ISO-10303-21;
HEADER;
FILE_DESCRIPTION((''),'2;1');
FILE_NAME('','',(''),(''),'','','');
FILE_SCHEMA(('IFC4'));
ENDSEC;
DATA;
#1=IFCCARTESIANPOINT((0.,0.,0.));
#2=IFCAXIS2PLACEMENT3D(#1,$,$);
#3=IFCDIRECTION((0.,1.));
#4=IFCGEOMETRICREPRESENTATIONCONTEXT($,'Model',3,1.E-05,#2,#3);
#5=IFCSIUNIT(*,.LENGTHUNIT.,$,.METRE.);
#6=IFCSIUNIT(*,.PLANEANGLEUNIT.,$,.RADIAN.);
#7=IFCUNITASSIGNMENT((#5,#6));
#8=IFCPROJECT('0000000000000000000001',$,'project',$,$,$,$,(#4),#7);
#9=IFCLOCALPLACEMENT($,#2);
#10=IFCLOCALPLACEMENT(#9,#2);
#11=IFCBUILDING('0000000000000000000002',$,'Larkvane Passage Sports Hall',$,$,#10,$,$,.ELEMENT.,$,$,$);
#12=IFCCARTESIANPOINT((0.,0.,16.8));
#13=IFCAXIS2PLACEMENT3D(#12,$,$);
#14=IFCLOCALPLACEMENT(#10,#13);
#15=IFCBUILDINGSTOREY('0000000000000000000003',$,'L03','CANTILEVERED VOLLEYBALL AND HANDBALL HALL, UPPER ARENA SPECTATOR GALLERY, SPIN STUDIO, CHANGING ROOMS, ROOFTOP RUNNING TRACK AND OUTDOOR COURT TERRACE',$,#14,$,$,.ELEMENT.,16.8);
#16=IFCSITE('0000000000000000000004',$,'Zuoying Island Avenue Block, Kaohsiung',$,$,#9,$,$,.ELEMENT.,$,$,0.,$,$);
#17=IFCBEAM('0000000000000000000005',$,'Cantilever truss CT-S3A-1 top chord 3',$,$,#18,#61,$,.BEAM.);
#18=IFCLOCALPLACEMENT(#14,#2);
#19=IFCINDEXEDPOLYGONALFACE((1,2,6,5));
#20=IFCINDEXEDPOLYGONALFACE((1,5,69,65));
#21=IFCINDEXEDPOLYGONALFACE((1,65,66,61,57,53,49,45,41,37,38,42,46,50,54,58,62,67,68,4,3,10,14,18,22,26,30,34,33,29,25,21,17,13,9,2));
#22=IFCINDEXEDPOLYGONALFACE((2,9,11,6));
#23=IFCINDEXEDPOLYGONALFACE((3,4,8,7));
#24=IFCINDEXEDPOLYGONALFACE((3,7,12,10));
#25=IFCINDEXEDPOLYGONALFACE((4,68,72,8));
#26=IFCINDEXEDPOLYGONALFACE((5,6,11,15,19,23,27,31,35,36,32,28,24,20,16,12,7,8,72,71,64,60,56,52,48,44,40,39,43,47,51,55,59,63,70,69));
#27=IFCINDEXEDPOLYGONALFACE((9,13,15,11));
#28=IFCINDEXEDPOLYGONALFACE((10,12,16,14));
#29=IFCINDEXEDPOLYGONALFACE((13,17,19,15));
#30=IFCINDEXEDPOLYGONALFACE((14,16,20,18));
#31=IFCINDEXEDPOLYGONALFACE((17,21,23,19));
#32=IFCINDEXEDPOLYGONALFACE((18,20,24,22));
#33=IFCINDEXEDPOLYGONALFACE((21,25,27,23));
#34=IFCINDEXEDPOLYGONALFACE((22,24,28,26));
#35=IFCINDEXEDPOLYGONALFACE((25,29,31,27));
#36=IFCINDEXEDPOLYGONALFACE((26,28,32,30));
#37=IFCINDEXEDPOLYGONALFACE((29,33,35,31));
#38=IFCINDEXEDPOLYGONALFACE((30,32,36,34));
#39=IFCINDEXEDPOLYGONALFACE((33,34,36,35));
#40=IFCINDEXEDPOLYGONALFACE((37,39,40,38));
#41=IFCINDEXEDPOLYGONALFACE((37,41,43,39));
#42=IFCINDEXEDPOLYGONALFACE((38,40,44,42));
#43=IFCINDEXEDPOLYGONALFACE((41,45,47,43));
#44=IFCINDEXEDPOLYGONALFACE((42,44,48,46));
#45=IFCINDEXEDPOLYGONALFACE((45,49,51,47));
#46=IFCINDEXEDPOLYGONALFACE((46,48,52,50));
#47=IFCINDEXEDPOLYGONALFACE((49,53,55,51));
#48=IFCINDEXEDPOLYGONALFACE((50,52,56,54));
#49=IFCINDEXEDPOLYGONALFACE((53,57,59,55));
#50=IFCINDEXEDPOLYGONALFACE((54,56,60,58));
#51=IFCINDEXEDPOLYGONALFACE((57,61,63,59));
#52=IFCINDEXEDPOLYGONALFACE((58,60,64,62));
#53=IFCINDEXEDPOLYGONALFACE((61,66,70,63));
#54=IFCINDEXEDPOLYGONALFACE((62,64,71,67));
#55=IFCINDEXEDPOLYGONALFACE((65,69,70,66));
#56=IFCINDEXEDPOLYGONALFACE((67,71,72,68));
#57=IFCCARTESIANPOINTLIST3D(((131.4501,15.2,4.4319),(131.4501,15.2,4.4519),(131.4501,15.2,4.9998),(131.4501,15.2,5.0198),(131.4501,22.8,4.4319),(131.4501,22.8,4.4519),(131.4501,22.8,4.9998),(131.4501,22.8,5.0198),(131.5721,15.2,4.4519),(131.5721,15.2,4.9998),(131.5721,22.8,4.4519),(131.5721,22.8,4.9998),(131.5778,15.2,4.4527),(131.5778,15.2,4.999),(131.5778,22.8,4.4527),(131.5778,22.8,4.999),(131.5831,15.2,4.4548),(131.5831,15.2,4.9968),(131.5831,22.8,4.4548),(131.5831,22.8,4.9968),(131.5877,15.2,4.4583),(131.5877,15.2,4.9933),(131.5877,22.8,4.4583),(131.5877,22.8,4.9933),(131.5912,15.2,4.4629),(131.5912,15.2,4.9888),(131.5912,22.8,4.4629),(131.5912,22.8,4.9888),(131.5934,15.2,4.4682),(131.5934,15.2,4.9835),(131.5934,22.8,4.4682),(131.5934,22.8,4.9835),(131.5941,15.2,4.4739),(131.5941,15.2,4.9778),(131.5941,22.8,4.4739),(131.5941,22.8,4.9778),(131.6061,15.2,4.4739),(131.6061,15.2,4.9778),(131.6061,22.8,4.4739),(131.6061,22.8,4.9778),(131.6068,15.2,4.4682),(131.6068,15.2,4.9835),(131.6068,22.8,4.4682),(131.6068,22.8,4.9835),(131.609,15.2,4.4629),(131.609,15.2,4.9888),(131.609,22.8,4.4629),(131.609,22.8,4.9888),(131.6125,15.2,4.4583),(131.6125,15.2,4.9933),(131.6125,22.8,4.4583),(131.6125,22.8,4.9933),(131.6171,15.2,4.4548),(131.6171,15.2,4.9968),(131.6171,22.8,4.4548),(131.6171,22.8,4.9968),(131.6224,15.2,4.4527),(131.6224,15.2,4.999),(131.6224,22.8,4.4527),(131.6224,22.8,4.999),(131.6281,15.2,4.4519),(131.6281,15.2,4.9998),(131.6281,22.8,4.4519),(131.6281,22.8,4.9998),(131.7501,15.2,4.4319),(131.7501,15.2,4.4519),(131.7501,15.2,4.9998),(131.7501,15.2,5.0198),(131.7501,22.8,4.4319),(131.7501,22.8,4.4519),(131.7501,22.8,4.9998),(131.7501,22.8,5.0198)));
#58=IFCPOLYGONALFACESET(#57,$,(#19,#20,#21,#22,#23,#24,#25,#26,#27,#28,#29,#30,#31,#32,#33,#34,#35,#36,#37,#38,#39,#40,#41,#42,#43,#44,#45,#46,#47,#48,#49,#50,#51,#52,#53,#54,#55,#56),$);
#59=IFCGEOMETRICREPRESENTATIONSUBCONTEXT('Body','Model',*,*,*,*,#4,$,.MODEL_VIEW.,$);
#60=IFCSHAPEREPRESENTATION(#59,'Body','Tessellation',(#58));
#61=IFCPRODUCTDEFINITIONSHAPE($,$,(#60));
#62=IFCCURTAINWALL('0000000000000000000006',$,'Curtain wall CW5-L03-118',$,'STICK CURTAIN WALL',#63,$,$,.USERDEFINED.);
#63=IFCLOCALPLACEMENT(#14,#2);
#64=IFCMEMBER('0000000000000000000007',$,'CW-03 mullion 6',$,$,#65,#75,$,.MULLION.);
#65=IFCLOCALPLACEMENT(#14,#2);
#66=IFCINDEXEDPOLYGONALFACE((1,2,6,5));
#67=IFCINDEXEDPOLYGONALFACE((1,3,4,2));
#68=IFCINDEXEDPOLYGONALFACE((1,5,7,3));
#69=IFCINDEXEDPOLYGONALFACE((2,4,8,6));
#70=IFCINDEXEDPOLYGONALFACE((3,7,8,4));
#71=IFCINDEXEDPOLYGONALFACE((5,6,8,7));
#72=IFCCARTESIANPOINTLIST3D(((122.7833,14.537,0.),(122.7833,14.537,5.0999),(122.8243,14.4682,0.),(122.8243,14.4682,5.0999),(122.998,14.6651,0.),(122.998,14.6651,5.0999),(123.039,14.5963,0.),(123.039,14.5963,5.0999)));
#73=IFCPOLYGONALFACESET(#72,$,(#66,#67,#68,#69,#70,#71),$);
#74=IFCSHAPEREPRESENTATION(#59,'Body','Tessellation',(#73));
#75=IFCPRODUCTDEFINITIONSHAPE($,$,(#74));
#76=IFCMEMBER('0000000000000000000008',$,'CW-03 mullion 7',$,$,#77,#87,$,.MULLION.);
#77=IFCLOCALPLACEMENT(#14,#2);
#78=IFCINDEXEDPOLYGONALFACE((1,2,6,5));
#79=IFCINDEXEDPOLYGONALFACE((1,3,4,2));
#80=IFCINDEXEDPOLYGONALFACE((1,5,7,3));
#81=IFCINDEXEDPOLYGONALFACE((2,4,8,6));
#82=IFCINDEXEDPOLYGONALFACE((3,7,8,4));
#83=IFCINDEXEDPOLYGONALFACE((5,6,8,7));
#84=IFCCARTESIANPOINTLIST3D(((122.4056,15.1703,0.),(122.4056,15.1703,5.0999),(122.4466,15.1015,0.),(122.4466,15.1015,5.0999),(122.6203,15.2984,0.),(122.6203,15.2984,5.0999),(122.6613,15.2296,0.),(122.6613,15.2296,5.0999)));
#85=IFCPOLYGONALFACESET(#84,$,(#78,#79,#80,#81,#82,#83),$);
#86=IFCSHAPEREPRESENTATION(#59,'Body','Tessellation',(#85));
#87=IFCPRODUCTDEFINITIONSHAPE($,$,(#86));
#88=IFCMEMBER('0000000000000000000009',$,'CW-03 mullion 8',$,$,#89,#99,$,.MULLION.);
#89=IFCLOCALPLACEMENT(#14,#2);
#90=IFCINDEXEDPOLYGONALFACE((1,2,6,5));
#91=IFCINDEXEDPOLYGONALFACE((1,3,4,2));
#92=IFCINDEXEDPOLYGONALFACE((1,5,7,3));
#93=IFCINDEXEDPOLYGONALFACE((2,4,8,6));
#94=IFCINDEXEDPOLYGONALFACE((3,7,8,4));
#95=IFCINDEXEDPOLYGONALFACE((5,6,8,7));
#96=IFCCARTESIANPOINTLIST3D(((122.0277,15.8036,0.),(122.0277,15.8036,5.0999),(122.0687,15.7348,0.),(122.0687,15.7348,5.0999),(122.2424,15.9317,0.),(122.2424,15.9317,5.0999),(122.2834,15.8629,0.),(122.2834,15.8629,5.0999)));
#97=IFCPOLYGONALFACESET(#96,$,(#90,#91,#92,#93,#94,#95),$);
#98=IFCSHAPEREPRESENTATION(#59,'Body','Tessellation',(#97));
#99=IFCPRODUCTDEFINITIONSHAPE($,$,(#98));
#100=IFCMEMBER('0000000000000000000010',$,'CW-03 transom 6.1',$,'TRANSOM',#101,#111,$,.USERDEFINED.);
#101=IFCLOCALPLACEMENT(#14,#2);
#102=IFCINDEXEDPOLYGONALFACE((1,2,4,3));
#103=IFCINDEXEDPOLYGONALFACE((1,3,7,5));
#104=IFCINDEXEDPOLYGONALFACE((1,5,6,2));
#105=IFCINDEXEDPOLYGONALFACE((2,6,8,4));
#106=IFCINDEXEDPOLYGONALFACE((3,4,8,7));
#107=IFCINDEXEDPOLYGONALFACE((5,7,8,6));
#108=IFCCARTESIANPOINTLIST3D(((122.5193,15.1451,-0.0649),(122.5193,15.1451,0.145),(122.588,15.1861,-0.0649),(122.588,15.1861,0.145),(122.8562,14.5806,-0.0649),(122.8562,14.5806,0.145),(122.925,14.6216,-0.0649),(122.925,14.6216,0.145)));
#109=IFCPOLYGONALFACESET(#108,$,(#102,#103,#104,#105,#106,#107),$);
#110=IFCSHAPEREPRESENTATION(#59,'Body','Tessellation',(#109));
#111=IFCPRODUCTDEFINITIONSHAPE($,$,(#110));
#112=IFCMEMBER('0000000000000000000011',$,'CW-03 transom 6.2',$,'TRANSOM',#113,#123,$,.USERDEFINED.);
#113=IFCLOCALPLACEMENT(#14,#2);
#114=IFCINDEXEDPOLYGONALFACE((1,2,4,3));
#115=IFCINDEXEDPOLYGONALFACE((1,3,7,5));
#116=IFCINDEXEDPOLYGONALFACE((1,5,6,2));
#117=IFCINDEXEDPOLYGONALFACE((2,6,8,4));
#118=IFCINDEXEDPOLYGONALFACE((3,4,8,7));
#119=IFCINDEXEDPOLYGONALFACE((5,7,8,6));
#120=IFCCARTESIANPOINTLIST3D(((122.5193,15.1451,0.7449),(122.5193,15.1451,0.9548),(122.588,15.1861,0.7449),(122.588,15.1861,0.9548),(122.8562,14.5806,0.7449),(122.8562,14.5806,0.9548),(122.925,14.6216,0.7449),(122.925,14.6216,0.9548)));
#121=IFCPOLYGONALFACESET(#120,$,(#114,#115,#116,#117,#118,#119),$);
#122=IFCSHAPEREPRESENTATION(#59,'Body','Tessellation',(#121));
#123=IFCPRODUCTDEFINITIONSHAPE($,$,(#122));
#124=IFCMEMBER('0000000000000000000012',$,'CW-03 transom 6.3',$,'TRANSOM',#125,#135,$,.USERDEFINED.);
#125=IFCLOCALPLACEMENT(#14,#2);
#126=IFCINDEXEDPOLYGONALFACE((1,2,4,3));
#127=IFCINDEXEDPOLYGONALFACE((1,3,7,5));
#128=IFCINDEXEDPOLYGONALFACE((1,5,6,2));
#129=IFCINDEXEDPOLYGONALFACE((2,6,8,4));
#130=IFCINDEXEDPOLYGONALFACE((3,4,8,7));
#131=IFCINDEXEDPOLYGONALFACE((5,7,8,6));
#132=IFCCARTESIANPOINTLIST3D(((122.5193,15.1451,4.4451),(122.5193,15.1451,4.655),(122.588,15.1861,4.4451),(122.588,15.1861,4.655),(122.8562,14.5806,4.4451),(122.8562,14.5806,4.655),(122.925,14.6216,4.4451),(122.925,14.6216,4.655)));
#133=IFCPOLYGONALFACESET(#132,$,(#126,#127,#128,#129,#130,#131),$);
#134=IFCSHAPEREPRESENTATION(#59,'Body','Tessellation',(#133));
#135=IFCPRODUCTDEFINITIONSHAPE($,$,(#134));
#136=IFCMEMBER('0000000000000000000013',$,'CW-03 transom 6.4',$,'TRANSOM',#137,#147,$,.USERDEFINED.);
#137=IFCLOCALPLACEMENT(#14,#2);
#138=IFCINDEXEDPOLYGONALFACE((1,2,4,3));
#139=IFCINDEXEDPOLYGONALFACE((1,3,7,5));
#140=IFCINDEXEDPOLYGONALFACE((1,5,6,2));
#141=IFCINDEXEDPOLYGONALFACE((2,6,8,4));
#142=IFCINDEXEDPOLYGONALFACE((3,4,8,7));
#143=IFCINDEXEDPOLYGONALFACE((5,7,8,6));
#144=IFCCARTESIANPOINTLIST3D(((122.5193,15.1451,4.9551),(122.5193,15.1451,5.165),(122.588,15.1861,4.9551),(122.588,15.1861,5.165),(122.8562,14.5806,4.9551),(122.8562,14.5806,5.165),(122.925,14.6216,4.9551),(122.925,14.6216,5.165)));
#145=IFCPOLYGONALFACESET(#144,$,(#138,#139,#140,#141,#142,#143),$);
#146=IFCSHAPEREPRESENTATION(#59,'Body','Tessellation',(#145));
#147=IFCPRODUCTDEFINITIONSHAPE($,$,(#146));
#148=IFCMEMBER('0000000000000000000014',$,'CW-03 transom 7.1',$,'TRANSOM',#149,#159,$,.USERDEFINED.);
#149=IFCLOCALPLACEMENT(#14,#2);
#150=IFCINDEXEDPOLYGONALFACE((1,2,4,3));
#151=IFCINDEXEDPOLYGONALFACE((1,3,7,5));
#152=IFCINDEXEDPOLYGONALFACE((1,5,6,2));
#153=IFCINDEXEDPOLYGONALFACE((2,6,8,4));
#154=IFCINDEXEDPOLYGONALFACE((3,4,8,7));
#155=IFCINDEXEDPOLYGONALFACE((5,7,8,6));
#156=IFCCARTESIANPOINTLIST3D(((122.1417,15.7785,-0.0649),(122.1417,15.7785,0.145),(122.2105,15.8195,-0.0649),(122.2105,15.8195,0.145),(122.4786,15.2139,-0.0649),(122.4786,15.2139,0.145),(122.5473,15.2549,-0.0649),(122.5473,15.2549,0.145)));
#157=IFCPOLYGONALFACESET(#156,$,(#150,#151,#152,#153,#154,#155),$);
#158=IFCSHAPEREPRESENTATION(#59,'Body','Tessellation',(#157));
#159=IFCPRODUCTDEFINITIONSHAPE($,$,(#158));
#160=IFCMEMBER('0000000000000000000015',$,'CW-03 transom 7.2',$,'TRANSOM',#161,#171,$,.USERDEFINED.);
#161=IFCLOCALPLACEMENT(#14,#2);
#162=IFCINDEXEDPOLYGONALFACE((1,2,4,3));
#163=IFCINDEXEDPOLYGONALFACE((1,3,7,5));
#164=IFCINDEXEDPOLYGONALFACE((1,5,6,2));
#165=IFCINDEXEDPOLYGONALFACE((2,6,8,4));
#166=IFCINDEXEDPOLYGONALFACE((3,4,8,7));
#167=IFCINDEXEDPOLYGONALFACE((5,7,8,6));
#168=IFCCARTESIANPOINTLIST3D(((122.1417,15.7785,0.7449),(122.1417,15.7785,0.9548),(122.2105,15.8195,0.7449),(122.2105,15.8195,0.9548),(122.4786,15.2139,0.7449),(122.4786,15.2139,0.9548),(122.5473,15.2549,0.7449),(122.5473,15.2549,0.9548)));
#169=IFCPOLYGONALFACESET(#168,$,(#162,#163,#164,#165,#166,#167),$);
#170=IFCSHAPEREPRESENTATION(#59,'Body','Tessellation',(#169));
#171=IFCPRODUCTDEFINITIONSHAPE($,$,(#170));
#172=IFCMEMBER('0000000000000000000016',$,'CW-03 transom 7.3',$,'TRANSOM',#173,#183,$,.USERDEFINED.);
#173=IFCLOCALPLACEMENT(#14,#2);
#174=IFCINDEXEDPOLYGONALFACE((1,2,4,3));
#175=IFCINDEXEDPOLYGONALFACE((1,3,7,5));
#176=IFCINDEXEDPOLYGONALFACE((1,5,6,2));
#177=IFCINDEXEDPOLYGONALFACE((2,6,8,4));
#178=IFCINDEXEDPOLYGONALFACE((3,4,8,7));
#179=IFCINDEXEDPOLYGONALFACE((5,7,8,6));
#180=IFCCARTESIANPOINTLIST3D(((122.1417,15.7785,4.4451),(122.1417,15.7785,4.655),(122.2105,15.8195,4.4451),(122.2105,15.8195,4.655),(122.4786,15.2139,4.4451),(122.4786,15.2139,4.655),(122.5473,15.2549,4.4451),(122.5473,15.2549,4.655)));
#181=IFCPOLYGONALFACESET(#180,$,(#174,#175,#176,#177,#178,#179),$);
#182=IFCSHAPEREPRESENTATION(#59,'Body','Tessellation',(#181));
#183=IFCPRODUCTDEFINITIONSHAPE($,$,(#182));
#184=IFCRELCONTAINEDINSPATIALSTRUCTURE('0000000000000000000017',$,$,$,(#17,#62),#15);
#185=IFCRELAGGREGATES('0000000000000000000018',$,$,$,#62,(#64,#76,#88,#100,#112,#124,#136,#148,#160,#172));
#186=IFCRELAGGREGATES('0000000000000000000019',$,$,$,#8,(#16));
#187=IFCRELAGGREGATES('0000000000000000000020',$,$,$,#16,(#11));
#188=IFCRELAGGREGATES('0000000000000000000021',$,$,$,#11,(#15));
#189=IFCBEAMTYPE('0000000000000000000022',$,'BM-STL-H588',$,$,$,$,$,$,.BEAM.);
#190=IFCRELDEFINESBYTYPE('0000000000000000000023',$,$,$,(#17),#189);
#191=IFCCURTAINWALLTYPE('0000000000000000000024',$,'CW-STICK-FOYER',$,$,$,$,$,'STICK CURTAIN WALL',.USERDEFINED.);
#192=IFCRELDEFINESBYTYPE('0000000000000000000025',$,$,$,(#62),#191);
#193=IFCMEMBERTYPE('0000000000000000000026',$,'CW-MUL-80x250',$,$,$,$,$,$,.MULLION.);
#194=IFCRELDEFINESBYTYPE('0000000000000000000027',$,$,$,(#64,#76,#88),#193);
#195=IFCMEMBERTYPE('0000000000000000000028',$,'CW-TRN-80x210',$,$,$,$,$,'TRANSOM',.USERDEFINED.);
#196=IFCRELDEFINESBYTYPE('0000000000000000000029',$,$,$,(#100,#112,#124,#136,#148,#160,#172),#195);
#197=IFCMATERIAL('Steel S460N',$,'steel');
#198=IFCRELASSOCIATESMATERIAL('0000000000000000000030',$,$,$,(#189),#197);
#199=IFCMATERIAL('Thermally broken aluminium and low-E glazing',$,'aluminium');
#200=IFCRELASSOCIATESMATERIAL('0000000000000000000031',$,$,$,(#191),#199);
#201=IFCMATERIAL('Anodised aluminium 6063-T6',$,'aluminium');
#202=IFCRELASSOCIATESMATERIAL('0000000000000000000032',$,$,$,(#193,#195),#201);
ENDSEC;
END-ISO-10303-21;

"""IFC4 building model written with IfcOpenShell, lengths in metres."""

from ifc_helpers import new_model, si_unit, direction, frame, origin, origin_2d, place, context, subcontext, project, spatial, rectangle, i_section, extrude, material, material_profile, profile_set, type_object, element, aggregate, save


model = new_model("IFC4")

# Units and contexts
model_context = context("Model", 3, precision=1e-05, world=origin(), true_north=direction((0.0, 1.0)))
body_context = subcontext(model_context, "Body", "Model", "MODEL_VIEW")
ifc_project = project(units=[si_unit("LENGTHUNIT", "METRE"), si_unit("PLANEANGLEUNIT", "RADIAN")], contexts=[model_context])

# Site, building, storey
site_placement = place(None, origin())
site = spatial("IfcSite", under=ifc_project, at=site_placement, Name="Zuoying Island Avenue Block, Kaohsiung", CompositionType="ELEMENT", RefElevation=0.0)
building_placement = place(site_placement, origin())
building = spatial("IfcBuilding", under=site, at=building_placement, Name="Larkvane Passage Sports Hall", CompositionType="ELEMENT")
storey_placement = place(building_placement, frame((0.0, 0.0, 16.8)))
storey = spatial("IfcBuildingStorey", under=building, at=storey_placement, Name="L03", Description="CANTILEVERED VOLLEYBALL AND HANDBALL HALL, UPPER ARENA SPECTATOR GALLERY, SPIN STUDIO, CHANGING ROOMS, ROOFTOP RUNNING TRACK AND OUTDOOR COURT TERRACE", CompositionType="ELEMENT", Elevation=16.8)

# Shared definitions
ifc_material_1 = material(Name="Steel S460N", Category="steel")

# Beam
ifc_material_profile_1 = material_profile(ifc_material_1, i_section(OverallWidth=0.3, OverallDepth=0.5879, WebThickness=0.012, FlangeThickness=0.02, FilletRadius=0.022, at=origin_2d()), Name="H-588x300x12x20")
ifc_profile_set_1 = profile_set([ifc_material_profile_1], Name="Steel S460N")
beam_type = type_object("IfcBeamType", Name="BM-STL-H588", PredefinedType="BEAM", material=ifc_profile_set_1)
for number, where, z_axis, x_axis, name in (
    (1, (131.6001, 15.2, 4.7258), (0.0, 1.0, 0.0), (-1.0, 0.0, 0.0), "Cantilever truss CT-S3A-1 top chord 3"),
):
    element("IfcBeam", number, at=place(storey_placement, frame(where, z_axis=z_axis, x_axis=x_axis)), inside=storey, type_object=beam_type, Name=name, PredefinedType="BEAM", context=body_context, shape_type="SweptSolid", body=[
        extrude(i_section(OverallWidth=0.3, OverallDepth=0.5879, WebThickness=0.012, FlangeThickness=0.02, FilletRadius=0.022, at=origin_2d()), origin(), (0.0, 0.0, 1.0), 7.6001),
    ])

# Curtain wall, members
ifc_material_2 = material(Name="Thermally broken aluminium and low-E glazing", Category="aluminium")
curtain_wall_type = type_object("IfcCurtainWallType", Name="CW-STICK-FOYER", ElementType="STICK CURTAIN WALL", PredefinedType="USERDEFINED", material=ifc_material_2)
curtain_wall_placement = place(storey_placement, origin())
curtain_wall = element("IfcCurtainWall", 2, at=curtain_wall_placement, inside=storey, type_object=curtain_wall_type, Name="Curtain wall CW5-L03-118", ObjectType="STICK CURTAIN WALL", PredefinedType="USERDEFINED")
ifc_material_3 = material(Name="Anodised aluminium 6063-T6", Category="aluminium")
ifc_material_profile_2 = material_profile(ifc_material_3, rectangle(XDim=0.0801, YDim=0.25, at=origin_2d()), Name="ALU-MUL-80x250")
ifc_profile_set_2 = profile_set([ifc_material_profile_2], Name="Anodised aluminium 6063-T6")
member_type_1 = type_object("IfcMemberType", Name="CW-MUL-80x250", PredefinedType="MULLION", material=ifc_profile_set_2)
member_1_placement = place(storey_placement, frame((122.9111, 14.5667, 0.0), z_axis=(0.0, 0.0, 1.0), x_axis=(-0.512278, 0.85882, 0.0)))
member_1 = element("IfcMember", 3, at=member_1_placement, type_object=member_type_1, Name="CW-03 mullion 6", PredefinedType="MULLION", context=body_context, shape_type="SweptSolid", body=[
    extrude(rectangle(XDim=0.0801, YDim=0.25, at=origin_2d()), origin(), (0.0, 0.0, 1.0), 5.0999),
])
member_2_placement = place(storey_placement, frame((122.5334, 15.2, 0.0), z_axis=(0.0, 0.0, 1.0), x_axis=(-0.512278, 0.85882, 0.0)))
member_2 = element("IfcMember", 4, at=member_2_placement, type_object=member_type_1, Name="CW-03 mullion 7", PredefinedType="MULLION", context=body_context, shape_type="SweptSolid", body=[
    extrude(rectangle(XDim=0.0801, YDim=0.25, at=origin_2d()), origin(), (0.0, 0.0, 1.0), 5.0999),
])
member_3_placement = place(storey_placement, frame((122.1555, 15.8333, 0.0), z_axis=(0.0, 0.0, 1.0), x_axis=(-0.512278, 0.85882, 0.0)))
member_3 = element("IfcMember", 5, at=member_3_placement, type_object=member_type_1, Name="CW-03 mullion 8", PredefinedType="MULLION", context=body_context, shape_type="SweptSolid", body=[
    extrude(rectangle(XDim=0.0801, YDim=0.25, at=origin_2d()), origin(), (0.0, 0.0, 1.0), 5.0999),
])
ifc_material_profile_3 = material_profile(ifc_material_3, rectangle(XDim=0.0801, YDim=0.21, at=origin_2d()), Name="ALU-TRN-80x210")
ifc_profile_set_3 = profile_set([ifc_material_profile_3], Name="Anodised aluminium 6063-T6")
member_type_2 = type_object("IfcMemberType", Name="CW-TRN-80x210", ElementType="TRANSOM", PredefinedType="USERDEFINED", material=ifc_profile_set_3)
member_4_placement = place(storey_placement, frame((122.8906, 14.6011, 0.04), z_axis=(-0.512528, 0.85867, 0.0), x_axis=(-0.85867, -0.512528, 0.0)))
member_4 = element("IfcMember", 6, at=member_4_placement, type_object=member_type_2, Name="CW-03 transom 6.1", ObjectType="TRANSOM", PredefinedType="USERDEFINED", context=body_context, shape_type="SweptSolid", body=[
    extrude(rectangle(XDim=0.0801, YDim=0.21, at=origin_2d()), origin(), (0.0, 0.0, 1.0), 0.6575),
])
member_5_placement = place(storey_placement, frame((122.8906, 14.6011, 0.8499), z_axis=(-0.512528, 0.85867, 0.0), x_axis=(-0.85867, -0.512528, 0.0)))
member_5 = element("IfcMember", 7, at=member_5_placement, type_object=member_type_2, Name="CW-03 transom 6.2", ObjectType="TRANSOM", PredefinedType="USERDEFINED", context=body_context, shape_type="SweptSolid", body=[
    extrude(rectangle(XDim=0.0801, YDim=0.21, at=origin_2d()), origin(), (0.0, 0.0, 1.0), 0.6575),
])
member_6_placement = place(storey_placement, frame((122.8906, 14.6011, 4.55), z_axis=(-0.512528, 0.85867, 0.0), x_axis=(-0.85867, -0.512528, 0.0)))
member_6 = element("IfcMember", 8, at=member_6_placement, type_object=member_type_2, Name="CW-03 transom 6.3", ObjectType="TRANSOM", PredefinedType="USERDEFINED", context=body_context, shape_type="SweptSolid", body=[
    extrude(rectangle(XDim=0.0801, YDim=0.21, at=origin_2d()), origin(), (0.0, 0.0, 1.0), 0.6575),
])
member_7_placement = place(storey_placement, frame((122.8906, 14.6011, 5.0601), z_axis=(-0.512528, 0.85867, 0.0), x_axis=(-0.85867, -0.512528, 0.0)))
member_7 = element("IfcMember", 9, at=member_7_placement, type_object=member_type_2, Name="CW-03 transom 6.4", ObjectType="TRANSOM", PredefinedType="USERDEFINED", context=body_context, shape_type="SweptSolid", body=[
    extrude(rectangle(XDim=0.0801, YDim=0.21, at=origin_2d()), origin(), (0.0, 0.0, 1.0), 0.6575),
])
member_8_placement = place(storey_placement, frame((122.5129, 15.2344, 0.04), z_axis=(-0.512365, 0.858768, 0.0), x_axis=(-0.858768, -0.512365, 0.0)))
member_8 = element("IfcMember", 10, at=member_8_placement, type_object=member_type_2, Name="CW-03 transom 7.1", ObjectType="TRANSOM", PredefinedType="USERDEFINED", context=body_context, shape_type="SweptSolid", body=[
    extrude(rectangle(XDim=0.0801, YDim=0.21, at=origin_2d()), origin(), (0.0, 0.0, 1.0), 0.6575),
])
member_9_placement = place(storey_placement, frame((122.5129, 15.2344, 0.8499), z_axis=(-0.512365, 0.858768, 0.0), x_axis=(-0.858768, -0.512365, 0.0)))
member_9 = element("IfcMember", 11, at=member_9_placement, type_object=member_type_2, Name="CW-03 transom 7.2", ObjectType="TRANSOM", PredefinedType="USERDEFINED", context=body_context, shape_type="SweptSolid", body=[
    extrude(rectangle(XDim=0.0801, YDim=0.21, at=origin_2d()), origin(), (0.0, 0.0, 1.0), 0.6575),
])
member_10_placement = place(storey_placement, frame((122.5129, 15.2344, 4.55), z_axis=(-0.512365, 0.858768, 0.0), x_axis=(-0.858768, -0.512365, 0.0)))
member_10 = element("IfcMember", 12, at=member_10_placement, type_object=member_type_2, Name="CW-03 transom 7.3", ObjectType="TRANSOM", PredefinedType="USERDEFINED", context=body_context, shape_type="SweptSolid", body=[
    extrude(rectangle(XDim=0.0801, YDim=0.21, at=origin_2d()), origin(), (0.0, 0.0, 1.0), 0.6575),
])

aggregate(curtain_wall, [member_1, member_2, member_3, member_4, member_5, member_6, member_7, member_8, member_9, member_10])

save(model, "model.ifc")
